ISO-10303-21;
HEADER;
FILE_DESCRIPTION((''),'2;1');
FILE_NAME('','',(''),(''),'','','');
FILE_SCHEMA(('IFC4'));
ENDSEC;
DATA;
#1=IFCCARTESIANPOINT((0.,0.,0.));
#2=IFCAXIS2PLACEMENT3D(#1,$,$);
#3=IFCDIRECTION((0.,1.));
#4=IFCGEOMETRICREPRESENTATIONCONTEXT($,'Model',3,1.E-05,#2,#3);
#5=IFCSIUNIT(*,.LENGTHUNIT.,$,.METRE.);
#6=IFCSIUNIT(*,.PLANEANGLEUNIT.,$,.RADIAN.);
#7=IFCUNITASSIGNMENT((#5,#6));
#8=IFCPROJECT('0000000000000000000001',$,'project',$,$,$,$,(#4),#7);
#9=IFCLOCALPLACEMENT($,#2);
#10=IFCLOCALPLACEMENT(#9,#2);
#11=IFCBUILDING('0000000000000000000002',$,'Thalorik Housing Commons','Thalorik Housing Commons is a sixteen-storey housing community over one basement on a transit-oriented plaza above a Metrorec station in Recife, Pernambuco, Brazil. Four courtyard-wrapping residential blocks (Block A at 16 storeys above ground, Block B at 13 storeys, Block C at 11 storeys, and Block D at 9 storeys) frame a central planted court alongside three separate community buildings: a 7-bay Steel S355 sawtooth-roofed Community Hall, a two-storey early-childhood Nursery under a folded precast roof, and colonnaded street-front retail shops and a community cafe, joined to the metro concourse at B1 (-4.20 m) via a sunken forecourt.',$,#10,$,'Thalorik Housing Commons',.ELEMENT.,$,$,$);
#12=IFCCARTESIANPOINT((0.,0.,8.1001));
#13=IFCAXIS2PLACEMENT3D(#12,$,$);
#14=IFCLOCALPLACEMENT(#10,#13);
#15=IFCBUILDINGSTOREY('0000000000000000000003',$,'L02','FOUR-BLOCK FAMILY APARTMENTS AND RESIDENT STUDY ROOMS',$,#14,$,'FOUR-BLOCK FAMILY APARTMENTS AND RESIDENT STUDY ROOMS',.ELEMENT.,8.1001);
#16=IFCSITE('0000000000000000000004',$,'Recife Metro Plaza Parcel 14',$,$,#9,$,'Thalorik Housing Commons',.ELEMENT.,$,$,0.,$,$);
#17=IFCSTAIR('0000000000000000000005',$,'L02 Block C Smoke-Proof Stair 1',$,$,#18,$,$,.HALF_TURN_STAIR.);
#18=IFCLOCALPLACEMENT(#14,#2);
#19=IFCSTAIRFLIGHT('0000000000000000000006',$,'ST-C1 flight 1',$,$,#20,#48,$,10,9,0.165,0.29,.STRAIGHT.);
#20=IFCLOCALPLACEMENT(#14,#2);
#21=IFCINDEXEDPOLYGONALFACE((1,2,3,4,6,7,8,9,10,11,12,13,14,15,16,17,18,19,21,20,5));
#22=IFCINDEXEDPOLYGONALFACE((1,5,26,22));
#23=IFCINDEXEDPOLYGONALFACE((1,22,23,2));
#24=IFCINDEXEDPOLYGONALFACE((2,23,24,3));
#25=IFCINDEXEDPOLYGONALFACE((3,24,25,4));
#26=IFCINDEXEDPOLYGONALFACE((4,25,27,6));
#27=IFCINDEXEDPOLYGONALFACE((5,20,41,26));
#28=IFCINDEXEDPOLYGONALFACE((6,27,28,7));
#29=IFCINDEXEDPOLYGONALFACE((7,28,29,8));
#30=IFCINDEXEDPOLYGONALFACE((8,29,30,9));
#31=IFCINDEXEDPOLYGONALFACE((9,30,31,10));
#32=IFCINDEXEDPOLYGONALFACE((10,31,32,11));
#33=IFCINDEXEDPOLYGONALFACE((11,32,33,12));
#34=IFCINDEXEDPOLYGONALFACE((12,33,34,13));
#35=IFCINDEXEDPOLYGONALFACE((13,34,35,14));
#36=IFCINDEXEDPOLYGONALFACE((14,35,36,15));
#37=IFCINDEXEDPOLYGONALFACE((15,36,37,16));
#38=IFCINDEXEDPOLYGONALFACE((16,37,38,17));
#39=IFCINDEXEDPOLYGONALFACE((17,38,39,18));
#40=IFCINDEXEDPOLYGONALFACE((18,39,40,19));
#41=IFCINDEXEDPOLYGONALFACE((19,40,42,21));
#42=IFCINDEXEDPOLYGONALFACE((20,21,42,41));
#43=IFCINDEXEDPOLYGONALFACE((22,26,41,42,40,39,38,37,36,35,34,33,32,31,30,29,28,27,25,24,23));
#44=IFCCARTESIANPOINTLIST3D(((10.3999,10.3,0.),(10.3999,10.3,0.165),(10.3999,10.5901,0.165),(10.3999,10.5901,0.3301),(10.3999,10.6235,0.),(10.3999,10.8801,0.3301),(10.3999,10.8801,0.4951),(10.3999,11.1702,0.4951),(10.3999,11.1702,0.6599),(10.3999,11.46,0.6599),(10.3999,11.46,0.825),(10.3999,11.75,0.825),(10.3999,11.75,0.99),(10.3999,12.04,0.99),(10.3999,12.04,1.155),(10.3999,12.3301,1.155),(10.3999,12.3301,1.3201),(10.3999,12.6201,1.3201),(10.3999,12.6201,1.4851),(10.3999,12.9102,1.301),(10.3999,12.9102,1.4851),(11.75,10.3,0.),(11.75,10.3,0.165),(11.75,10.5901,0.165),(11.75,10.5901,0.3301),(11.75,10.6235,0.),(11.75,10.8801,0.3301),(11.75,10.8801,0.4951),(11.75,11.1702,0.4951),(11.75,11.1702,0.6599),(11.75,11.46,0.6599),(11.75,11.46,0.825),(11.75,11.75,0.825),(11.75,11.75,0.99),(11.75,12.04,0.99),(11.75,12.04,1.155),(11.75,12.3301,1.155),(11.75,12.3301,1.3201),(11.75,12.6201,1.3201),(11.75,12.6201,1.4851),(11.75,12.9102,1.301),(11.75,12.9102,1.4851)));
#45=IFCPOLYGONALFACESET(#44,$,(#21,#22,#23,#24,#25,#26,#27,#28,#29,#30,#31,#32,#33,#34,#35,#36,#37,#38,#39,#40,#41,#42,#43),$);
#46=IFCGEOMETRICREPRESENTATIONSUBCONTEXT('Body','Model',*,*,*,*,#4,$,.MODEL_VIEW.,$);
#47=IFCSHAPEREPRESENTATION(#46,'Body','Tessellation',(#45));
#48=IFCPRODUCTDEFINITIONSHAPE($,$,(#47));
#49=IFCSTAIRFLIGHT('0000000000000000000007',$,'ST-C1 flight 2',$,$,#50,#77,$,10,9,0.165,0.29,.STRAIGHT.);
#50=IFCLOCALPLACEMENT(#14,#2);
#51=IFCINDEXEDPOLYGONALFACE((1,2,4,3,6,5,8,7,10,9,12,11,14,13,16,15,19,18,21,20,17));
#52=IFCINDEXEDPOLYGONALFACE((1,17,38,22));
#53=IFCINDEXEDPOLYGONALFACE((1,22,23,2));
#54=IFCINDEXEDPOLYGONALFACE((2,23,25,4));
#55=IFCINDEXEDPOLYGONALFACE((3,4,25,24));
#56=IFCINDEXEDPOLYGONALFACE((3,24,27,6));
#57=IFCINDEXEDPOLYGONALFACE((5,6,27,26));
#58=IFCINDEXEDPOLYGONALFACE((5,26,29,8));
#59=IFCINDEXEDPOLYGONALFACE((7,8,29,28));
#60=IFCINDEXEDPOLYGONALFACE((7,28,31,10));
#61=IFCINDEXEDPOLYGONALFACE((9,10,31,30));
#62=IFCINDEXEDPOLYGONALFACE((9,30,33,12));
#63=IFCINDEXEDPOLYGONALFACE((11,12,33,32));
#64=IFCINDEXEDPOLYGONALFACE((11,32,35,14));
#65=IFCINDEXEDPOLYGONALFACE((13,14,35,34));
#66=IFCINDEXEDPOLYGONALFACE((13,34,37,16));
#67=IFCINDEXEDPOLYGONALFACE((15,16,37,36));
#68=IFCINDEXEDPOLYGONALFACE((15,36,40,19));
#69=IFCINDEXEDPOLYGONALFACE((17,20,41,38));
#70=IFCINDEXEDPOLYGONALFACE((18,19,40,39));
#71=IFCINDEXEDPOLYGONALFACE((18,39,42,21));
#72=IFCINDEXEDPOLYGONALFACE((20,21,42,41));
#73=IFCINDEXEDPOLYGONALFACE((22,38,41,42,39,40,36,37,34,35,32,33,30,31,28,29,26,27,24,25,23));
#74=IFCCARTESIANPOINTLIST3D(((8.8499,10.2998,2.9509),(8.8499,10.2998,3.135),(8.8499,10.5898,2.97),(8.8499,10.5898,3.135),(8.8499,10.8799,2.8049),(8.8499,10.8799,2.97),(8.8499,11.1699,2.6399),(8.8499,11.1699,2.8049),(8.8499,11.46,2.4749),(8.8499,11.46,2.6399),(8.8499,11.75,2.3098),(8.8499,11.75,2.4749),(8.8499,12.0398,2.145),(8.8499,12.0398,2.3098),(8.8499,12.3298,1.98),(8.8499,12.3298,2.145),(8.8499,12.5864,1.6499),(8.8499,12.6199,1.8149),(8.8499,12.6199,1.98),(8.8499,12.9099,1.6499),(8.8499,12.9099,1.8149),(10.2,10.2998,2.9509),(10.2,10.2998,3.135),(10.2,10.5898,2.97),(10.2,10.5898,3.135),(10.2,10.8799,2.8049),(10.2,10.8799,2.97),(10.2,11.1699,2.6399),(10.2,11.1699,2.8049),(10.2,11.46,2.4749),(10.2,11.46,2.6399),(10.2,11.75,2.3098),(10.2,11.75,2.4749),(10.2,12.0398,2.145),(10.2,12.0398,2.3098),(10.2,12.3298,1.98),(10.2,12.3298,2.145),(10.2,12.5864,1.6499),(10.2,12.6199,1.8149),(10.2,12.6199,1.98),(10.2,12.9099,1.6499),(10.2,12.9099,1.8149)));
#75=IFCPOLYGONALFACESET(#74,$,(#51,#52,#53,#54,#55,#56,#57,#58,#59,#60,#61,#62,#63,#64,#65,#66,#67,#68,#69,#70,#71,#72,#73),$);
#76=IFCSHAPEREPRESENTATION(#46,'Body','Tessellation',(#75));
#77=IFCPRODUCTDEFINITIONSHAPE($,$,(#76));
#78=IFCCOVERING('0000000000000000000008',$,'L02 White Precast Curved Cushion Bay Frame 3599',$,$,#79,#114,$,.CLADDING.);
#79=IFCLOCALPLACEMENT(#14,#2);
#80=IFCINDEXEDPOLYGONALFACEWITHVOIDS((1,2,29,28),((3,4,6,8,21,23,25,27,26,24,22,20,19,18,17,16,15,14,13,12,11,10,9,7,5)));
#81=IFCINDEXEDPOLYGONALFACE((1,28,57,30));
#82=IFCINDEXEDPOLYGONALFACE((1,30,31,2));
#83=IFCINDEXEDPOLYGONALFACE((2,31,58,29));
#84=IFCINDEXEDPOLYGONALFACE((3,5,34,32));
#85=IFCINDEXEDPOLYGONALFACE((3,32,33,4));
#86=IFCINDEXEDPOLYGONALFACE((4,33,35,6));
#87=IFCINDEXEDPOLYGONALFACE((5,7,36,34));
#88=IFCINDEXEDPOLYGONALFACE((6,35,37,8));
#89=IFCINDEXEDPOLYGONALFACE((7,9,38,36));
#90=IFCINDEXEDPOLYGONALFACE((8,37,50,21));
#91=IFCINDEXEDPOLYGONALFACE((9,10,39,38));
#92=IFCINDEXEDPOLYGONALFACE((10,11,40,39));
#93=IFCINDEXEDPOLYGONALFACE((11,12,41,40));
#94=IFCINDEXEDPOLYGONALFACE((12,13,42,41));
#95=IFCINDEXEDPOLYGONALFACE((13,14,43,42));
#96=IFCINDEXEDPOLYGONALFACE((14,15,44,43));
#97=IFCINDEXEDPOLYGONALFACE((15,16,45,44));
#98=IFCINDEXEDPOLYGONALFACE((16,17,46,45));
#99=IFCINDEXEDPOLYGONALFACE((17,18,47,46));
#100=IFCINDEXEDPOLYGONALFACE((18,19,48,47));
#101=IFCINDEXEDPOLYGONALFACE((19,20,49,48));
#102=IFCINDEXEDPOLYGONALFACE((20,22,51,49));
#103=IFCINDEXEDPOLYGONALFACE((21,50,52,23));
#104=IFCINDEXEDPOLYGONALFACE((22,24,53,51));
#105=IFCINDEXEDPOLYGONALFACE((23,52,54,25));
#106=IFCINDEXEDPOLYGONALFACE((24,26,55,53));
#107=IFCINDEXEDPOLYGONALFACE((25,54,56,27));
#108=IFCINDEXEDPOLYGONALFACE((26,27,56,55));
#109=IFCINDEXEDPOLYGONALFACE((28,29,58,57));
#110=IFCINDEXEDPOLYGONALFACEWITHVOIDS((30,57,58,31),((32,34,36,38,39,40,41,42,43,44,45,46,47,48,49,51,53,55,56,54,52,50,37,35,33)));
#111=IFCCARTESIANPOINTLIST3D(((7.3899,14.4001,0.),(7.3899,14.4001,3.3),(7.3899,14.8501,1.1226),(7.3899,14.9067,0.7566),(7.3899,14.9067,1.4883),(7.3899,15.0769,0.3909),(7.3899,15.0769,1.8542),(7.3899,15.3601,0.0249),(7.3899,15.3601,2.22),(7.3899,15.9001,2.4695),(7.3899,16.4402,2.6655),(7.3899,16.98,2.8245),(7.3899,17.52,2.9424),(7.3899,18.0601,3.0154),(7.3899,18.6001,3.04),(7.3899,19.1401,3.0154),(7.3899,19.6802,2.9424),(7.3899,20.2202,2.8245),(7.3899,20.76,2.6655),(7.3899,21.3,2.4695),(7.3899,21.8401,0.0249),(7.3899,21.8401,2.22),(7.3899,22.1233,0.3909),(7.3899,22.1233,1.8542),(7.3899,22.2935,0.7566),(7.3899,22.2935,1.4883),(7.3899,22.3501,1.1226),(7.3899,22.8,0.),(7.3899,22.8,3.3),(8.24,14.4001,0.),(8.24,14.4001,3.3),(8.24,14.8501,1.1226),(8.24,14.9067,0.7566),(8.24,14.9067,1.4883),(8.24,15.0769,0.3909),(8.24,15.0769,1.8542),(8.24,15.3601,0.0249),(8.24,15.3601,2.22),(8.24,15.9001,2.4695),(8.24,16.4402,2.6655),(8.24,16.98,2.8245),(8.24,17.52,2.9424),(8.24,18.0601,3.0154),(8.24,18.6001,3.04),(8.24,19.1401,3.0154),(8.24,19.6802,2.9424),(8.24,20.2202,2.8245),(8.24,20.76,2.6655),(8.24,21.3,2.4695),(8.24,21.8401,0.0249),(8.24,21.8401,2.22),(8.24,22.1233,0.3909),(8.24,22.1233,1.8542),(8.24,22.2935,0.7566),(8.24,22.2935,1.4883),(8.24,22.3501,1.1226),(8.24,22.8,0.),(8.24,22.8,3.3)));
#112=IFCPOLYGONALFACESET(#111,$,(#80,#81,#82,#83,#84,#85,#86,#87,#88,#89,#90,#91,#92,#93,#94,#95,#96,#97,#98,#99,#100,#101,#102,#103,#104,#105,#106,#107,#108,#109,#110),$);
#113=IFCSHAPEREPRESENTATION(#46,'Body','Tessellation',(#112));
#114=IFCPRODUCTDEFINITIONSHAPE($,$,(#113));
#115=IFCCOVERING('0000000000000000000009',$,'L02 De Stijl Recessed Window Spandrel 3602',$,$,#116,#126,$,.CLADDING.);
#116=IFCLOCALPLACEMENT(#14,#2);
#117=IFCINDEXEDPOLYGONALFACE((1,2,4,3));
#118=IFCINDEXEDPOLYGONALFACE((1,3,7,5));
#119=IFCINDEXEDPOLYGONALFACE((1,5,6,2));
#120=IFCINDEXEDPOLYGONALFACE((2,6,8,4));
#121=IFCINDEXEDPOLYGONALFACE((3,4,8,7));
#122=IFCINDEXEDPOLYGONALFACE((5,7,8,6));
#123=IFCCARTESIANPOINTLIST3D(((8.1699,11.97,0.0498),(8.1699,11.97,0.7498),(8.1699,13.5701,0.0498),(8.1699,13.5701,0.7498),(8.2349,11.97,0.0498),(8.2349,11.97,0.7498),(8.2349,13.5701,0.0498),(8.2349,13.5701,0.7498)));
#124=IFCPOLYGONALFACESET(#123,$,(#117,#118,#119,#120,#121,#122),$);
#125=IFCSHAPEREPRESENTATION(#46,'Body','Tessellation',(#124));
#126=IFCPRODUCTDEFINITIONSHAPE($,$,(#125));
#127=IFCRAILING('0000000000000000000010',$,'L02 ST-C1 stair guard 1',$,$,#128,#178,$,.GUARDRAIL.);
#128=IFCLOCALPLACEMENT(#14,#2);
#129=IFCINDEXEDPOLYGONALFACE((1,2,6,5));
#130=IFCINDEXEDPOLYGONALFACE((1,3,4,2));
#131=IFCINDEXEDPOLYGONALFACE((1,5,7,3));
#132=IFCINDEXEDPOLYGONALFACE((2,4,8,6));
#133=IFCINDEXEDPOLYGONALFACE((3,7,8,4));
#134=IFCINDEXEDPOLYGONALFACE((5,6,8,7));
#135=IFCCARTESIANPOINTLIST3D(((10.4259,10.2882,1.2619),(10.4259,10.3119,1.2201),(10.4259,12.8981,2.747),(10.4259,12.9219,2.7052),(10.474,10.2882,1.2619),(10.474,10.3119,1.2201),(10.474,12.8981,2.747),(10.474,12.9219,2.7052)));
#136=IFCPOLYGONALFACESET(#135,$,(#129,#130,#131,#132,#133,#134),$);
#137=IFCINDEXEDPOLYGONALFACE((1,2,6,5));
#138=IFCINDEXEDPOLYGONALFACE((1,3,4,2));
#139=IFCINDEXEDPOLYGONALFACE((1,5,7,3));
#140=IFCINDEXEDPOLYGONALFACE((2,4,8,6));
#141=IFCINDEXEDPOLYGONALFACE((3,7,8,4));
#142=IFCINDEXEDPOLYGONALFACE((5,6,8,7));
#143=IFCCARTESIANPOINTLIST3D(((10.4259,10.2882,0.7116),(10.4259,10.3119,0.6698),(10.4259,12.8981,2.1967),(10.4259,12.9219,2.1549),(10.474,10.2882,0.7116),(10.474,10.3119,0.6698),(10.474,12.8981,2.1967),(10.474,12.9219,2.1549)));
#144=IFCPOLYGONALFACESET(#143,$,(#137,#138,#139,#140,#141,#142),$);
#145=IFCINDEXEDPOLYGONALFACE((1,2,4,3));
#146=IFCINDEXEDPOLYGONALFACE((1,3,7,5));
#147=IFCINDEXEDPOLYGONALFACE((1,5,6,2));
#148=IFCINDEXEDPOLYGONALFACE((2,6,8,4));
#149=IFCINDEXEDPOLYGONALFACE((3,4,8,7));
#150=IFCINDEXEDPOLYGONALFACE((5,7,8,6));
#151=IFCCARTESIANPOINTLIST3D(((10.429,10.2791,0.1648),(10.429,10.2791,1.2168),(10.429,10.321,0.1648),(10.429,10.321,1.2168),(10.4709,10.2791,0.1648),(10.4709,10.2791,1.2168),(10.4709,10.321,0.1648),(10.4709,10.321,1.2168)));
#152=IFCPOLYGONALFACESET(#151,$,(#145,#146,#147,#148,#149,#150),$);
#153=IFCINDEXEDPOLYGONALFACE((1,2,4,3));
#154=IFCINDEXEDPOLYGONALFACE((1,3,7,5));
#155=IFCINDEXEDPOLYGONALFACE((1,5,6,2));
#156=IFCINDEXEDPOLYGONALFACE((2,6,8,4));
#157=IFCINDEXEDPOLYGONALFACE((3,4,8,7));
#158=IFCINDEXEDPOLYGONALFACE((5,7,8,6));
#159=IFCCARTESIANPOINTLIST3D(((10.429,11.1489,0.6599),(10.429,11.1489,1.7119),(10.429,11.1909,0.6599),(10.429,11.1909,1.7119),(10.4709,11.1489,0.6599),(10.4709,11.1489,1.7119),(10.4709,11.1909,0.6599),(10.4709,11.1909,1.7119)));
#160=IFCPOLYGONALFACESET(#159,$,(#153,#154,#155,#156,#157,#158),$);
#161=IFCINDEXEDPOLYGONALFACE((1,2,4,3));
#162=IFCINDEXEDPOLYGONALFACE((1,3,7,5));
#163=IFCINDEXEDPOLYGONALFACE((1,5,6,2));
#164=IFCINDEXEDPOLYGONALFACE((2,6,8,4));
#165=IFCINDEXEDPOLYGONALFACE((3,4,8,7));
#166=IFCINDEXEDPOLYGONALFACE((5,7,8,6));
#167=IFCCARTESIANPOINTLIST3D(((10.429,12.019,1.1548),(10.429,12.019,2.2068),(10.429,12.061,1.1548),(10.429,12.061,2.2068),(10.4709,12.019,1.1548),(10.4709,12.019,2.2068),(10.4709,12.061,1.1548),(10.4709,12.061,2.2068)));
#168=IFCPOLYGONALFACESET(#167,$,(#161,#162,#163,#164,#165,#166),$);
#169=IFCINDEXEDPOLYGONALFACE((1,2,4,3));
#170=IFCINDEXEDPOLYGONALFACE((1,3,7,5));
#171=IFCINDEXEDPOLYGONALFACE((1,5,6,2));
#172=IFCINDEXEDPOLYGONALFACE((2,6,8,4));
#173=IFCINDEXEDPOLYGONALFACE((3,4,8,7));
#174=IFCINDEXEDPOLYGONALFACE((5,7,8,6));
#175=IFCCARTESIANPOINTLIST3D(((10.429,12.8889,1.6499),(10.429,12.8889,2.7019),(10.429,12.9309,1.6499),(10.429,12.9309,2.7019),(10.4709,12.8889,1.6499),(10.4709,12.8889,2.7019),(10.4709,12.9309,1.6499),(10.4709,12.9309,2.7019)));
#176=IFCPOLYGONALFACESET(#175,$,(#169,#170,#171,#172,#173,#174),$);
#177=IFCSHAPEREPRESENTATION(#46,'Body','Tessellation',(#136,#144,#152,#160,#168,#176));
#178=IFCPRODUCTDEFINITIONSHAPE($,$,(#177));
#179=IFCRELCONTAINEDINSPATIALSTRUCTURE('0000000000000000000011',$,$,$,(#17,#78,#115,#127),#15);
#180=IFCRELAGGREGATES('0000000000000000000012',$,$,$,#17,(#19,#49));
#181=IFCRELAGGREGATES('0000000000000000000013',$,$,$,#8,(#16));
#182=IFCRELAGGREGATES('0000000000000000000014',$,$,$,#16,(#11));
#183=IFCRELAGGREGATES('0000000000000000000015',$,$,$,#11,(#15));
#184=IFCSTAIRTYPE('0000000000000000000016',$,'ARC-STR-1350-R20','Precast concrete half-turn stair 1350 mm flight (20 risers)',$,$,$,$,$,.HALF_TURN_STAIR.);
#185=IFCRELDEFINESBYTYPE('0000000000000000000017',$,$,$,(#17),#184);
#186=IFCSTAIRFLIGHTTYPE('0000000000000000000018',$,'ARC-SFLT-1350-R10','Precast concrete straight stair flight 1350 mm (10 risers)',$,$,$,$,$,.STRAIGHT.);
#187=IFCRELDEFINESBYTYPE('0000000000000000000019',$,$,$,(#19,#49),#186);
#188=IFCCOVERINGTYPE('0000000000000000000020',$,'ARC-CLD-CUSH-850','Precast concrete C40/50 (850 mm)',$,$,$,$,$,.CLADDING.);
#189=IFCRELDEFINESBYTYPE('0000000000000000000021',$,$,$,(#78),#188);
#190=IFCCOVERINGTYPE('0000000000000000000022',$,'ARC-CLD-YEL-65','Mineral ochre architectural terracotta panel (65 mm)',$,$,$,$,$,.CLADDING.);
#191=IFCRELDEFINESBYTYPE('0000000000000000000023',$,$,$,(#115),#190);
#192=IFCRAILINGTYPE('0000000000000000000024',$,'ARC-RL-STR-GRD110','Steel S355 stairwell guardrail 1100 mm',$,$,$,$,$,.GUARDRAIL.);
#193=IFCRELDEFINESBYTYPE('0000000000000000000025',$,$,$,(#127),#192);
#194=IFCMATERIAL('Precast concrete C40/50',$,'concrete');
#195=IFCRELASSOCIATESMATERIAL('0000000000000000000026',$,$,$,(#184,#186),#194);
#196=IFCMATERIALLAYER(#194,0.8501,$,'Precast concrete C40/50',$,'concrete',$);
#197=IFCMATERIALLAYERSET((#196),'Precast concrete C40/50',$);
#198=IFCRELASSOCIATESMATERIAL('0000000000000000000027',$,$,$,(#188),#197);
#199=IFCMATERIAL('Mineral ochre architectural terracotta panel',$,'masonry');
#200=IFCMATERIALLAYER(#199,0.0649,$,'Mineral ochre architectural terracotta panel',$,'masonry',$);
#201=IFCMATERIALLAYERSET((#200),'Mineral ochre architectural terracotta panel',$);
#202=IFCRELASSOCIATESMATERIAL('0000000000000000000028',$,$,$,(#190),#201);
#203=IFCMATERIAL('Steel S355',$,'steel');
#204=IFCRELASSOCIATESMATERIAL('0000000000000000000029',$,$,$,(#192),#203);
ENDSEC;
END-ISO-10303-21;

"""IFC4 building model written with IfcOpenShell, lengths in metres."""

from ifc_helpers import new_model, si_unit, direction, frame, origin, origin_2d, place, context, subcontext, project, spatial, polyline, rectangle, outline, extrude, material, layer, layer_set, type_object, element, aggregate, save


model = new_model("IFC4")

# Units and contexts
model_context = context("Model", 3, precision=1e-05, world=origin(), true_north=direction((0.0, 1.0)))
body_context = subcontext(model_context, "Body", "Model", "MODEL_VIEW")
ifc_project = project(units=[si_unit("LENGTHUNIT", "METRE"), si_unit("PLANEANGLEUNIT", "RADIAN")], contexts=[model_context])

# Site, building, storey
site_placement = place(None, origin())
site = spatial("IfcSite", under=ifc_project, at=site_placement, Name="Recife Metro Plaza Parcel 14", LongName="Thalorik Housing Commons", CompositionType="ELEMENT", RefElevation=0.0)
building_placement = place(site_placement, origin())
building = spatial("IfcBuilding", under=site, at=building_placement, Name="Thalorik Housing Commons", Description="Thalorik Housing Commons is a sixteen-storey housing community over one basement on a transit-oriented plaza above a Metrorec station in Recife, Pernambuco, Brazil. Four courtyard-wrapping residential blocks (Block A at 16 storeys above ground, Block B at 13 storeys, Block C at 11 storeys, and Block D at 9 storeys) frame a central planted court alongside three separate community buildings: a 7-bay Steel S355 sawtooth-roofed Community Hall, a two-storey early-childhood Nursery under a folded precast roof, and colonnaded street-front retail shops and a community cafe, joined to the metro concourse at B1 (-4.20 m) via a sunken forecourt.", LongName="Thalorik Housing Commons", CompositionType="ELEMENT")
storey_placement = place(building_placement, frame((0.0, 0.0, 8.1001)))
storey = spatial("IfcBuildingStorey", under=building, at=storey_placement, Name="L02", Description="FOUR-BLOCK FAMILY APARTMENTS AND RESIDENT STUDY ROOMS", LongName="FOUR-BLOCK FAMILY APARTMENTS AND RESIDENT STUDY ROOMS", CompositionType="ELEMENT", Elevation=8.1001)

# Shared definitions
ifc_material_1 = material(Name="Precast concrete C40/50", Category="concrete")

# Shared definitions
ifc_material_2 = material(Name="Steel S355", Category="steel")

# Stair, stair flights
stair_type = type_object("IfcStairType", Name="ARC-STR-1350-R20", Description="Precast concrete half-turn stair 1350 mm flight (20 risers)", PredefinedType="HALF_TURN_STAIR", material=ifc_material_1)
stair_placement = place(storey_placement, origin())
stair = element("IfcStair", 1, at=stair_placement, inside=storey, type_object=stair_type, Name="L02 Block C Smoke-Proof Stair 1", PredefinedType="HALF_TURN_STAIR")
stair_flight_type = type_object("IfcStairFlightType", Name="ARC-SFLT-1350-R10", Description="Precast concrete straight stair flight 1350 mm (10 risers)", PredefinedType="STRAIGHT", material=ifc_material_1)
stair_flight_1_placement = place(storey_placement, frame((11.075, 10.3, 0.0), z_axis=(0.0, 0.0, 1.0), x_axis=(0.0, 1.0, 0.0)))
stair_flight_1 = element("IfcStairFlight", 2, at=stair_flight_1_placement, type_object=stair_flight_type, Name="ST-C1 flight 1", NumberOfRisers=10, NumberOfTreads=9, PredefinedType="STRAIGHT", RiserHeight=0.165, TreadLength=0.29, context=body_context, shape_type="SweptSolid", body=[
    extrude(outline(polyline([(0.0, 0.0), (0.0, 0.165), (0.29, 0.165), (0.29, 0.3301), (0.5801, 0.3301), (0.5801, 0.4951), (0.8701, 0.4951), (0.8701, 0.6599), (1.1599, 0.6599), (1.1599, 0.825), (1.45, 0.825), (1.45, 0.99), (1.74, 0.99), (1.74, 1.155), (2.03, 1.155), (2.03, 1.3201), (2.3201, 1.3201), (2.3201, 1.4851), (2.6101, 1.4851), (2.6101, 1.6499), (2.6101, 1.301), (0.3235, 0.0), (0.0, 0.0)])), frame((0.0, 0.675, 0.0), z_axis=(0.0, -1.0, 0.0), x_axis=(1.0, 0.0, 0.0)), (0.0, 0.0, 1.0), 1.3501),
])
stair_flight_2_placement = place(storey_placement, frame((9.5249, 12.9099, 1.6499), z_axis=(0.0, 0.0, 1.0), x_axis=(0.0, -1.0, 0.0)))
stair_flight_2 = element("IfcStairFlight", 3, at=stair_flight_2_placement, type_object=stair_flight_type, Name="ST-C1 flight 2", NumberOfRisers=10, NumberOfTreads=9, PredefinedType="STRAIGHT", RiserHeight=0.165, TreadLength=0.29, context=body_context, shape_type="SweptSolid", body=[
    extrude(outline(polyline([(0.0, 0.0), (0.0, 0.165), (0.29, 0.165), (0.29, 0.3301), (0.5801, 0.3301), (0.5801, 0.4951), (0.8701, 0.4951), (0.8701, 0.6599), (1.1599, 0.6599), (1.1599, 0.825), (1.45, 0.825), (1.45, 0.99), (1.74, 0.99), (1.74, 1.155), (2.03, 1.155), (2.03, 1.3201), (2.3201, 1.3201), (2.3201, 1.4851), (2.6101, 1.4851), (2.6101, 1.6499), (2.6101, 1.301), (0.3235, 0.0), (0.0, 0.0)])), frame((0.0, 0.675, 0.0), z_axis=(0.0, -1.0, 0.0), x_axis=(1.0, 0.0, 0.0)), (0.0, 0.0, 1.0), 1.3501),
])
aggregate(stair, [stair_flight_1, stair_flight_2])

# Coverings
ifc_layer_1 = layer(ifc_material_1, 0.8501, Name="Precast concrete C40/50", Category="concrete")
ifc_layer_set_1 = layer_set([ifc_layer_1], Name="Precast concrete C40/50")
covering_type_1 = type_object("IfcCoveringType", Name="ARC-CLD-CUSH-850", Description="Precast concrete C40/50 (850 mm)", PredefinedType="CLADDING", material=ifc_layer_set_1)
covering_1_placement = place(storey_placement, frame((7.8149, 18.6001, 0.0), z_axis=(0.0, 0.0, 1.0), x_axis=(0.0, -1.0, 0.0)))
element("IfcCovering", 4, at=covering_1_placement, inside=storey, type_object=covering_type_1, Name="L02 White Precast Curved Cushion Bay Frame 3599", PredefinedType="CLADDING", context=body_context, shape_type="SweptSolid", body=[
    extrude(outline(polyline([(-4.2, 0.0), (4.2, 0.0), (4.2, 3.3), (-4.2, 3.3), (-4.2, 0.0)]), holes=[polyline([(3.24, 0.0249), (3.5232, 0.3909), (3.6934, 0.7566), (3.75, 1.1226), (3.6934, 1.4883), (3.5232, 1.8542), (3.24, 2.22), (2.7, 2.4695), (2.1599, 2.6655), (1.6201, 2.8245), (1.0801, 2.9424), (0.54, 3.0154), (0.0, 3.04), (-0.54, 3.0154), (-1.0801, 2.9424), (-1.6201, 2.8245), (-2.1599, 2.6655), (-2.7, 2.4695), (-3.24, 2.22), (-3.5232, 1.8542), (-3.6934, 1.4883), (-3.75, 1.1226), (-3.6934, 0.7566), (-3.5232, 0.3909), (-3.24, 0.0249), (3.24, 0.0249)])]), frame((0.0, 0.425, 0.0), z_axis=(0.0, -1.0, 0.0), x_axis=(1.0, 0.0, 0.0)), (0.0, 0.0, 1.0), 0.8501),
])
ifc_material_3 = material(Name="Mineral ochre architectural terracotta panel", Category="masonry")
ifc_layer_2 = layer(ifc_material_3, 0.0649, Name="Mineral ochre architectural terracotta panel", Category="masonry")
ifc_layer_set_2 = layer_set([ifc_layer_2], Name="Mineral ochre architectural terracotta panel")
covering_type_2 = type_object("IfcCoveringType", Name="ARC-CLD-YEL-65", Description="Mineral ochre architectural terracotta panel (65 mm)", PredefinedType="CLADDING", material=ifc_layer_set_2)
covering_2_placement = place(storey_placement, frame((8.2024, 12.77, 0.0498), z_axis=(0.0, 0.0, 1.0), x_axis=(0.0, -1.0, 0.0)))
element("IfcCovering", 5, at=covering_2_placement, inside=storey, type_object=covering_type_2, Name="L02 De Stijl Recessed Window Spandrel 3602", PredefinedType="CLADDING", context=body_context, shape_type="SweptSolid", body=[
    extrude(rectangle(XDim=1.6001, YDim=0.0649, at=origin_2d()), origin(), (0.0, 0.0, 1.0), 0.7),
])

# Railing
railing_type_1 = type_object("IfcRailingType", Name="ARC-RL-STR-GRD110", Description="Steel S355 stairwell guardrail 1100 mm", PredefinedType="GUARDRAIL", material=ifc_material_2)
railing_1_placement = place(storey_placement, frame((10.45, 10.3, 0.1648)))
element("IfcRailing", 6, at=railing_1_placement, inside=storey, type_object=railing_type_1, Name="L02 ST-C1 stair guard 1", PredefinedType="GUARDRAIL", context=body_context, shape_type="SweptSolid", body=[
    extrude(rectangle(XDim=0.0481, YDim=0.0481, at=origin_2d()), frame((0.0, 0.0, 1.0762), z_axis=(0.0, 0.869137, 0.494571), x_axis=(-1.0, 0.0, 0.0)), (0.0, 0.0, 1.0), 3.0029),
    extrude(rectangle(XDim=0.0481, YDim=0.0481, at=origin_2d()), frame((0.0, 0.0, 0.5259), z_axis=(0.0, 0.869137, 0.494571), x_axis=(-1.0, 0.0, 0.0)), (0.0, 0.0, 1.0), 3.0029),
    extrude(rectangle(XDim=0.042, YDim=0.042, at=origin_2d()), origin(), (0.0, 0.0, 1.0), 1.052),
    extrude(rectangle(XDim=0.042, YDim=0.042, at=origin_2d()), frame((0.0, 0.8699, 0.4951)), (0.0, 0.0, 1.0), 1.052),
    extrude(rectangle(XDim=0.042, YDim=0.042, at=origin_2d()), frame((0.0, 1.74, 0.99)), (0.0, 0.0, 1.0), 1.052),
    extrude(rectangle(XDim=0.042, YDim=0.042, at=origin_2d()), frame((0.0, 2.6099, 1.4851)), (0.0, 0.0, 1.0), 1.052),
])

save(model, "model.ifc")
